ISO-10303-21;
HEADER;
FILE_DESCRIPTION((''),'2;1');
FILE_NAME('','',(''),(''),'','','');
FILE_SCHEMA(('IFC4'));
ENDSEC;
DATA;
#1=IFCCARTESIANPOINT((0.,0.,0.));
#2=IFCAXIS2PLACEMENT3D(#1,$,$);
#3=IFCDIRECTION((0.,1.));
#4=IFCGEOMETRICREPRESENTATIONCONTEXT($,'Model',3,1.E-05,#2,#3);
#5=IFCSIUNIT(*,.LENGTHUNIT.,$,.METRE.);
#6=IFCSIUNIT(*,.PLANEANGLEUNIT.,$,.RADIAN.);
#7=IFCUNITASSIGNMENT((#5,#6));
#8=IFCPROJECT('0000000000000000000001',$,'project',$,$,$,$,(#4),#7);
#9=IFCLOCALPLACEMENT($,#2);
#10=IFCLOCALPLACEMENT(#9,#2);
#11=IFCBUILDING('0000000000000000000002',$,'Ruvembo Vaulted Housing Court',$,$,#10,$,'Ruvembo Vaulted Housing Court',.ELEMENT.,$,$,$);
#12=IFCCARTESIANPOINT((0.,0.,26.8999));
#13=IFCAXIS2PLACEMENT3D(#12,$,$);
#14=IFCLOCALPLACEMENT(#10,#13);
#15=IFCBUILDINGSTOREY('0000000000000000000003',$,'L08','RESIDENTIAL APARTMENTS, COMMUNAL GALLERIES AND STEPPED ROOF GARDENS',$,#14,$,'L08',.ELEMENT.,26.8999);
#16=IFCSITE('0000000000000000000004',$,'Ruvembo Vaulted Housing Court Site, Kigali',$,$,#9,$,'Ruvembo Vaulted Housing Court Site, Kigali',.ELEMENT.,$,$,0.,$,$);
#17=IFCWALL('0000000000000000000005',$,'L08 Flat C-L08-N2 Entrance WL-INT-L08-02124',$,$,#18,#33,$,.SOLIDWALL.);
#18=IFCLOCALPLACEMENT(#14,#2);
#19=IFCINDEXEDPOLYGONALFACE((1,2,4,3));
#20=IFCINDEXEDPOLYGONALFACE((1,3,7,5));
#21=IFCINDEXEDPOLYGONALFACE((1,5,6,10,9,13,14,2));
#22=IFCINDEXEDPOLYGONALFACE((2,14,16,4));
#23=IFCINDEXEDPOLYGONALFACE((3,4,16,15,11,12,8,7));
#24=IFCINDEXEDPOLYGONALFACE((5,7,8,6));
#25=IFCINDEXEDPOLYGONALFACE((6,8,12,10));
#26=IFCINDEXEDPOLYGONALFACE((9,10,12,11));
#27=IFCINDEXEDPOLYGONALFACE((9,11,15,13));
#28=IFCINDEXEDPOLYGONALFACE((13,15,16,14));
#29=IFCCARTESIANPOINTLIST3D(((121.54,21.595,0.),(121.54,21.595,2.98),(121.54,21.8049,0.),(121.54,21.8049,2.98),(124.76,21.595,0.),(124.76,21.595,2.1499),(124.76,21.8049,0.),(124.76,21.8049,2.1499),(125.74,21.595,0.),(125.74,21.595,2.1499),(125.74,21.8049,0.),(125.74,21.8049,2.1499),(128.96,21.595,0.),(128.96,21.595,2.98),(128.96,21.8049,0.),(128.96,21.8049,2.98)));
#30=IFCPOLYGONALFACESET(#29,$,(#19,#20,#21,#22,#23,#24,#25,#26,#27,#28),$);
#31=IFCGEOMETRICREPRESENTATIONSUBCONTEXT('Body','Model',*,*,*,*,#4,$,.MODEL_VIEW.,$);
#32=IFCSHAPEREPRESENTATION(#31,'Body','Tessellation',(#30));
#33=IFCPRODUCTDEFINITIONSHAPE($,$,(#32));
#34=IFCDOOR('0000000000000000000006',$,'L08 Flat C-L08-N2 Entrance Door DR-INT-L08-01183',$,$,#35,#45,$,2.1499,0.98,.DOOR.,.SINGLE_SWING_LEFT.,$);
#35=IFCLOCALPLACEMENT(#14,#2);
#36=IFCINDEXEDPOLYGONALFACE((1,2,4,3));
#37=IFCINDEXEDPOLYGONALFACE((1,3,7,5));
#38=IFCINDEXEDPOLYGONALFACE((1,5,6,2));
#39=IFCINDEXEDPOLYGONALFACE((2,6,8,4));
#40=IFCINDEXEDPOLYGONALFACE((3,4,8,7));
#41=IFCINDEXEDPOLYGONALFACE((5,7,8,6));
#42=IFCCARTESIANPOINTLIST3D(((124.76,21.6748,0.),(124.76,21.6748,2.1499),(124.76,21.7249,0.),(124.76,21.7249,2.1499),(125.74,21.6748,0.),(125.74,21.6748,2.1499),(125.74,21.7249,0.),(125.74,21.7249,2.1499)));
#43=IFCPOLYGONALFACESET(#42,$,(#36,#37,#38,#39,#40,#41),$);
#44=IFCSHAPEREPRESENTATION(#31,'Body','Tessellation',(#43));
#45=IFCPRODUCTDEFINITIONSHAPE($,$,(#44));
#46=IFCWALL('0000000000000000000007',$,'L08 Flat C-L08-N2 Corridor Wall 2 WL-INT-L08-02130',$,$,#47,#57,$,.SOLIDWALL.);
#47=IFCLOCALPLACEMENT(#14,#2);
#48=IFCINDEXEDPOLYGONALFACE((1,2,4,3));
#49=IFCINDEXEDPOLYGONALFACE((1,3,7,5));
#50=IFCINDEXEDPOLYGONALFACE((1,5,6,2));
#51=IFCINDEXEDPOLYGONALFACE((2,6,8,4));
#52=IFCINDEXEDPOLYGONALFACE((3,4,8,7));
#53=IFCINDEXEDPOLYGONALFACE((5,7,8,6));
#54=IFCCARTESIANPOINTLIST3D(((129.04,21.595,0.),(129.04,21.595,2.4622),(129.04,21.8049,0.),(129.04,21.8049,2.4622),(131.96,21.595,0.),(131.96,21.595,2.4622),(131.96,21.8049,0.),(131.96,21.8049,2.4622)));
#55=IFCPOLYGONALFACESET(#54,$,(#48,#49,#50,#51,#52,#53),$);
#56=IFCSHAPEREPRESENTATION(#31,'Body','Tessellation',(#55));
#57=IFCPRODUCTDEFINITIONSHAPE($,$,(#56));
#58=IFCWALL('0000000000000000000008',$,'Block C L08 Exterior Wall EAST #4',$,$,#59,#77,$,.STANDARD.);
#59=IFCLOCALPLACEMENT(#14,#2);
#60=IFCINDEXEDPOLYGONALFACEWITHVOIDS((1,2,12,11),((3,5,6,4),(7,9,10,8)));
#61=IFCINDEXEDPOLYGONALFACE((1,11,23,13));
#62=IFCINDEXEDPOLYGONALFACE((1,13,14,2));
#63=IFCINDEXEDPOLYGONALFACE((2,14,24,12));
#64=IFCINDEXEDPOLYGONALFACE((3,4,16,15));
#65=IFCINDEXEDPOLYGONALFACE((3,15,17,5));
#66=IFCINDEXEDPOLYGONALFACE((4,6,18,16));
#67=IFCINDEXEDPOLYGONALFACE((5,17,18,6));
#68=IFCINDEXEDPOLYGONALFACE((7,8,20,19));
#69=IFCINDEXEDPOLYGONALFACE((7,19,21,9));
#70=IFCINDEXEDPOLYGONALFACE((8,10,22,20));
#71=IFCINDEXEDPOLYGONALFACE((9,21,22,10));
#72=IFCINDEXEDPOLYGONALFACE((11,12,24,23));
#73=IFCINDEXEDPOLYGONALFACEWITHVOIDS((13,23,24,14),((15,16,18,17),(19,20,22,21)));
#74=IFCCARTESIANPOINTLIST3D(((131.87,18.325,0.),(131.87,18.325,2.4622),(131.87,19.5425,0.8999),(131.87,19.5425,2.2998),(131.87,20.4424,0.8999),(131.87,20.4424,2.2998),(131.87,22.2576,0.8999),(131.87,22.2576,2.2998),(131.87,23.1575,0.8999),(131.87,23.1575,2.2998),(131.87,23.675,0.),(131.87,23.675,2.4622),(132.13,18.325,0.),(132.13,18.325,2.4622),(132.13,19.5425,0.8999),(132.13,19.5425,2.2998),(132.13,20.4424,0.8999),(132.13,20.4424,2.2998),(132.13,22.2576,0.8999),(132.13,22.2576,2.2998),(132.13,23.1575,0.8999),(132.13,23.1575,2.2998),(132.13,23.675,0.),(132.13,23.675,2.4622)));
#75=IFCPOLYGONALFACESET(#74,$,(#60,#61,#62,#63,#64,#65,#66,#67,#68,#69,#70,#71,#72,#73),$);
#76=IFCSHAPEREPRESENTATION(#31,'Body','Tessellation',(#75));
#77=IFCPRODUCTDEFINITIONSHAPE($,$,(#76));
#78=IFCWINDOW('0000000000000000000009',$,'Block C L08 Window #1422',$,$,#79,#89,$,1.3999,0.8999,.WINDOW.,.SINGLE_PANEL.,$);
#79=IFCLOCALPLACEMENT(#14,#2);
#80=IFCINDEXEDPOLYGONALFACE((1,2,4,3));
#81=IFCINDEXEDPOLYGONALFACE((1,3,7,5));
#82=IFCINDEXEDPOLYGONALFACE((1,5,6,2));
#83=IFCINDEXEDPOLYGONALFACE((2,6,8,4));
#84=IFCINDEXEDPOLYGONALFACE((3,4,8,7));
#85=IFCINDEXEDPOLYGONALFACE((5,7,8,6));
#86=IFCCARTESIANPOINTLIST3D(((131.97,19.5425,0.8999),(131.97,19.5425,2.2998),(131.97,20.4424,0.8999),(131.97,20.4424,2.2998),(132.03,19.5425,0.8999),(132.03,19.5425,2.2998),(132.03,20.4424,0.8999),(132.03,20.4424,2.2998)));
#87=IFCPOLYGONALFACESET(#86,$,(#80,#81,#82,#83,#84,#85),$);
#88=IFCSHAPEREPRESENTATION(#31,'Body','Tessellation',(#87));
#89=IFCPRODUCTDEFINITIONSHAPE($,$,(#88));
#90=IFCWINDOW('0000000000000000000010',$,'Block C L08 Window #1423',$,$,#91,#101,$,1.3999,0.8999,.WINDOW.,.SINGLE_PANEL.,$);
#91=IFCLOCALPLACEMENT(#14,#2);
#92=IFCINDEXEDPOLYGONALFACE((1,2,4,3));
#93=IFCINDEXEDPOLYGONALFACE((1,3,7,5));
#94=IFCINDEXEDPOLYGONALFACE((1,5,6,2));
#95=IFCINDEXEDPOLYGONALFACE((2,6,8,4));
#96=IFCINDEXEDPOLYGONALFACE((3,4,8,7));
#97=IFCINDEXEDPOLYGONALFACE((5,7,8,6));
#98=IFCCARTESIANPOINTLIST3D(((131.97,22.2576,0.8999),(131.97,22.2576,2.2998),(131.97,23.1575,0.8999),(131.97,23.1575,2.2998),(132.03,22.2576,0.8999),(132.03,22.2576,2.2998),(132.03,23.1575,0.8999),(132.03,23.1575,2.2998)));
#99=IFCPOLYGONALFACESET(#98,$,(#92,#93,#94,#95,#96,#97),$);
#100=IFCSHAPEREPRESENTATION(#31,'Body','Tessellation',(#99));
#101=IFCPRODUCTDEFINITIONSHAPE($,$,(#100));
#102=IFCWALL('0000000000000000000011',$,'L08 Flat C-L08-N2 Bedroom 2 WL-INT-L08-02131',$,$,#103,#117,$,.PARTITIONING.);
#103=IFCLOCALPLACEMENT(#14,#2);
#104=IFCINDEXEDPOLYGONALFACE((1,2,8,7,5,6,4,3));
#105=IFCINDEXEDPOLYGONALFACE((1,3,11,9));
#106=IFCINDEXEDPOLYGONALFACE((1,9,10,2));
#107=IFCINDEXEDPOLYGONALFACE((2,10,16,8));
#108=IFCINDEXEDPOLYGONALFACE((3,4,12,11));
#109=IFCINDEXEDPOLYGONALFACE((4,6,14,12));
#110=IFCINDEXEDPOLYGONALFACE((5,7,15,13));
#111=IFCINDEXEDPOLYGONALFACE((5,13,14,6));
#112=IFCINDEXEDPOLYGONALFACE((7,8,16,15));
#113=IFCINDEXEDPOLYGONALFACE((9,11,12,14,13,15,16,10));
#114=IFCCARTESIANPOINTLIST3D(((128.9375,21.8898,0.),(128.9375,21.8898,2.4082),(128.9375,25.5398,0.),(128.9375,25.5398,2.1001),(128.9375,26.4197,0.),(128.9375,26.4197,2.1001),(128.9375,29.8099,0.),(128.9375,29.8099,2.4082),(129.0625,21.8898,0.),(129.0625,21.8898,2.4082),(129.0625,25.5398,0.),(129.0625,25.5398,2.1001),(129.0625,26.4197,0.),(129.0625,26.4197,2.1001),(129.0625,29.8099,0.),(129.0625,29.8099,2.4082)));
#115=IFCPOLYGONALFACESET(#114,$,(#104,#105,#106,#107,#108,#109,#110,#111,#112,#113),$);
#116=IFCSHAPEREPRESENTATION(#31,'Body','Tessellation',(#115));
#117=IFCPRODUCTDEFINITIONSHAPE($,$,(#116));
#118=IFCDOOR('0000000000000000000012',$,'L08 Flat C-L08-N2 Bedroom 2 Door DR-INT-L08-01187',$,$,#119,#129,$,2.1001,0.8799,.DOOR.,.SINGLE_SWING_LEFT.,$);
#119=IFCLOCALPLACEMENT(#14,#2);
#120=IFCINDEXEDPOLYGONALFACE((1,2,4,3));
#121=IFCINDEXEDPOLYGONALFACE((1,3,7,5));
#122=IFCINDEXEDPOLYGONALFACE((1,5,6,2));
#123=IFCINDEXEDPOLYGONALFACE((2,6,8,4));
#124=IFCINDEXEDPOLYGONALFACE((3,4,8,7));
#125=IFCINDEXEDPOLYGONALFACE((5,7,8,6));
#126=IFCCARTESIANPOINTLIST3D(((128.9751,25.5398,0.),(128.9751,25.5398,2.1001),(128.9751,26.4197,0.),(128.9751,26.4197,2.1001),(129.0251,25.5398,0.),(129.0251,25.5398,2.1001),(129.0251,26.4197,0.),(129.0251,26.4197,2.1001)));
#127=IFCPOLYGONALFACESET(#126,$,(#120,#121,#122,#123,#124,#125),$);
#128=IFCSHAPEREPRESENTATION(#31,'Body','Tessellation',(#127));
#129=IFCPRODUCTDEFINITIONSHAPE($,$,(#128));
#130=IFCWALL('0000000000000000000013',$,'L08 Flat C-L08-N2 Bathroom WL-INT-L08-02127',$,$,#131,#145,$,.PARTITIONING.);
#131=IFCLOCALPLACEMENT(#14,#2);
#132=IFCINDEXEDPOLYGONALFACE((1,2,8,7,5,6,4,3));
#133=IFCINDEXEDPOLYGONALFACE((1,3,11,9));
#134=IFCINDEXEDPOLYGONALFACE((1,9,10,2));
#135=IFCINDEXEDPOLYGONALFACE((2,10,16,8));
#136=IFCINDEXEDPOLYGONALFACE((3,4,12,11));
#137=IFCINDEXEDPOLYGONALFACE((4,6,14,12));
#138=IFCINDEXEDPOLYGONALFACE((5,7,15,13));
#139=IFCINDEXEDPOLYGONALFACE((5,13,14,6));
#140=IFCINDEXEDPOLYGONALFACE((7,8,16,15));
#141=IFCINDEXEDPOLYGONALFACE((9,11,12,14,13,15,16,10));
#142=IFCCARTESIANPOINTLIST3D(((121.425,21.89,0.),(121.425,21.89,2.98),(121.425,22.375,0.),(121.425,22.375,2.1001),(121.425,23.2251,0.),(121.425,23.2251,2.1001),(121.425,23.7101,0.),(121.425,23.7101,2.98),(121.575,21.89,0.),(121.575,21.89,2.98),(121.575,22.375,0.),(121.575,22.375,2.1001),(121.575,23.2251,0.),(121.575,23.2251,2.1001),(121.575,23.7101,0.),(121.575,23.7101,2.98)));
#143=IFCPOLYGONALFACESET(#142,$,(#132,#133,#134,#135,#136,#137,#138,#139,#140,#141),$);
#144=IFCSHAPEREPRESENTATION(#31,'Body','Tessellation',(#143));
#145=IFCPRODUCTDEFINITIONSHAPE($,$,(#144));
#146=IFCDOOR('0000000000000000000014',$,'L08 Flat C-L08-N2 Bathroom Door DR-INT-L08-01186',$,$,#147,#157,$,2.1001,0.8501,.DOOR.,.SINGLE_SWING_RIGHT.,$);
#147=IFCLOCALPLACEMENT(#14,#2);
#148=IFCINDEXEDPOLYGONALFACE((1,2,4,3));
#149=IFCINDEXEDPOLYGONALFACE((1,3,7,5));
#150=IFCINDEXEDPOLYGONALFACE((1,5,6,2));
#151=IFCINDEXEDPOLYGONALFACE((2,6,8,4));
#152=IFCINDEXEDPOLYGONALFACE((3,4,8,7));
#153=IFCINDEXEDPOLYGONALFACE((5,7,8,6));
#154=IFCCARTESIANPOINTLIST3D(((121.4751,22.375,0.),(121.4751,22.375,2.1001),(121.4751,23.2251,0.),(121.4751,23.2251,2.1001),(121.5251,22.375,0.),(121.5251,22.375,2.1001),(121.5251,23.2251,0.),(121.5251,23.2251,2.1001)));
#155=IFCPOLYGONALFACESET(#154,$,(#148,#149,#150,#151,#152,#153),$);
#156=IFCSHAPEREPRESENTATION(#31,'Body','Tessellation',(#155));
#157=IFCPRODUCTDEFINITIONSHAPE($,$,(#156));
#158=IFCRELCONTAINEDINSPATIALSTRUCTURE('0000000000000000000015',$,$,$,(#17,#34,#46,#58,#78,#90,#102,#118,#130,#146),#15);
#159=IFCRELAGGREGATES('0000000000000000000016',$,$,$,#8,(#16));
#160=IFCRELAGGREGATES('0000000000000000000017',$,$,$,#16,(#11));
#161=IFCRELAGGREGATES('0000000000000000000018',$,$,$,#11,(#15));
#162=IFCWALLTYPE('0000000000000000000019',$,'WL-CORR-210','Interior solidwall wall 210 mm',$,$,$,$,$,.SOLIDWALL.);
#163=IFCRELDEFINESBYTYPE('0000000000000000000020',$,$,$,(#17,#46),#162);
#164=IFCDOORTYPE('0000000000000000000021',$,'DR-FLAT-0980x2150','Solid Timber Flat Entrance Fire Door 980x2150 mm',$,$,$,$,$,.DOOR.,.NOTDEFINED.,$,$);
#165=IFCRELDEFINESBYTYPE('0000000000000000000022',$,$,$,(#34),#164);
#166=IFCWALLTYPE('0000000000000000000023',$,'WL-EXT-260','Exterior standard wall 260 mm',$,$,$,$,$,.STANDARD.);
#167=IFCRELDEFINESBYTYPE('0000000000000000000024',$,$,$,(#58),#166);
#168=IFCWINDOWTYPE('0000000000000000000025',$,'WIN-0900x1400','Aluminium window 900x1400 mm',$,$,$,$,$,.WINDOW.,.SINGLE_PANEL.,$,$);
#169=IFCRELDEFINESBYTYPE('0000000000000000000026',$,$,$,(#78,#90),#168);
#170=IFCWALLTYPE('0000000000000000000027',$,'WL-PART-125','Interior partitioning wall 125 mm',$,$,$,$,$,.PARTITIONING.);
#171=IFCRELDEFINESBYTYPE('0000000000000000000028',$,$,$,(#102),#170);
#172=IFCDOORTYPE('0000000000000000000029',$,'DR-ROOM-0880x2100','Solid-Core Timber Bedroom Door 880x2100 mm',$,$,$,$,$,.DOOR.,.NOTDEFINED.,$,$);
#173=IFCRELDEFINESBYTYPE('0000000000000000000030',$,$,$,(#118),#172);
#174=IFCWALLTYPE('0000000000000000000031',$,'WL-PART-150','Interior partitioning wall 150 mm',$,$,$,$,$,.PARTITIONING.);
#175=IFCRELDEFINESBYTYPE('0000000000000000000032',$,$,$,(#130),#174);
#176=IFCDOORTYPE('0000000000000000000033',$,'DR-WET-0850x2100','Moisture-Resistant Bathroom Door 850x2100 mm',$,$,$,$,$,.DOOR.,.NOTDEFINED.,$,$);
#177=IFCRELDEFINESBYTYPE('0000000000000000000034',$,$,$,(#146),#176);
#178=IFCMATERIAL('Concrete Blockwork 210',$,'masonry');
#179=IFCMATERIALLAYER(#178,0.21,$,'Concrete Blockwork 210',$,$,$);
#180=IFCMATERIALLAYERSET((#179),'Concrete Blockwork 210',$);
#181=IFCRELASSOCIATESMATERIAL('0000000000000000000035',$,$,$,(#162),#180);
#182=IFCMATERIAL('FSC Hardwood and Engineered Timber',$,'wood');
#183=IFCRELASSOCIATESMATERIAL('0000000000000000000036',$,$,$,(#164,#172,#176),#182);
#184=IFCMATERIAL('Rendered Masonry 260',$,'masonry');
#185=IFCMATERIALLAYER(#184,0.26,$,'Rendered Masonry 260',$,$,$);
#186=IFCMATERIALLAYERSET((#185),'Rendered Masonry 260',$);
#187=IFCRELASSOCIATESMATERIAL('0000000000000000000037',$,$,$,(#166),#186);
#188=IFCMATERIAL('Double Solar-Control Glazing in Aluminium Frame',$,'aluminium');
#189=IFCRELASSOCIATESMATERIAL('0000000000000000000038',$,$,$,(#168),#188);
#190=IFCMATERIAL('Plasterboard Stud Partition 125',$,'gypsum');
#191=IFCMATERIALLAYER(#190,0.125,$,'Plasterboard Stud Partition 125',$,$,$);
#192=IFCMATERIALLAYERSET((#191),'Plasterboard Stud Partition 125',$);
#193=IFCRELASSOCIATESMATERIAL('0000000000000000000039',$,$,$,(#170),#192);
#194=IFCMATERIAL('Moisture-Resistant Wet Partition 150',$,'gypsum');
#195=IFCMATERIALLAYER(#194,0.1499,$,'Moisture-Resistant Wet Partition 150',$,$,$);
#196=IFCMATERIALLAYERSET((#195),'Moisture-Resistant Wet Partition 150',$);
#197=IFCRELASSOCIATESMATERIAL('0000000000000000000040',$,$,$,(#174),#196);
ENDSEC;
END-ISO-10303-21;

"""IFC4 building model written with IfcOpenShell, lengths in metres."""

from ifc_helpers import new_model, si_unit, direction, frame, frame_2d, origin, place, context, subcontext, project, spatial, rectangle, extrude, material, layer, layer_set, type_object, element, fill, save


model = new_model("IFC4")

# Units and contexts
model_context = context("Model", 3, precision=1e-05, world=origin(), true_north=direction((0.0, 1.0)))
body_context = subcontext(model_context, "Body", "Model", "MODEL_VIEW")
ifc_project = project(units=[si_unit("LENGTHUNIT", "METRE"), si_unit("PLANEANGLEUNIT", "RADIAN")], contexts=[model_context])

# Site, building, storey
site_placement = place(None, origin())
site = spatial("IfcSite", under=ifc_project, at=site_placement, Name="Ruvembo Vaulted Housing Court Site, Kigali", LongName="Ruvembo Vaulted Housing Court Site, Kigali", CompositionType="ELEMENT", RefElevation=0.0)
building_placement = place(site_placement, origin())
building = spatial("IfcBuilding", under=site, at=building_placement, Name="Ruvembo Vaulted Housing Court", LongName="Ruvembo Vaulted Housing Court", CompositionType="ELEMENT")
storey_placement = place(building_placement, frame((0.0, 0.0, 26.8999)))
storey = spatial("IfcBuildingStorey", under=building, at=storey_placement, Name="L08", Description="RESIDENTIAL APARTMENTS, COMMUNAL GALLERIES AND STEPPED ROOF GARDENS", LongName="L08", CompositionType="ELEMENT", Elevation=26.8999)

# Wall, opening, door
ifc_material_1 = material(Name="Concrete Blockwork 210", Category="masonry")
ifc_layer_1 = layer(ifc_material_1, 0.21, Name="Concrete Blockwork 210")
ifc_layer_set_1 = layer_set([ifc_layer_1], Name="Concrete Blockwork 210")
wall_type_1 = type_object("IfcWallType", Name="WL-CORR-210", Description="Interior solidwall wall 210 mm", PredefinedType="SOLIDWALL", material=ifc_layer_set_1)
wall_1_placement = place(storey_placement, frame((121.54, 21.7, 0.0), z_axis=(0.0, 0.0, 1.0), x_axis=(1.0, 0.0, 0.0)))
wall_1 = element("IfcWall", 1, at=wall_1_placement, inside=storey, type_object=wall_type_1, Name="L08 Flat C-L08-N2 Entrance WL-INT-L08-02124", PredefinedType="SOLIDWALL", context=body_context, shape_type="SweptSolid", body=[
    extrude(rectangle(XDim=7.4199, YDim=0.21, at=frame_2d((3.71, 0.0))), origin(), (0.0, 0.0, 1.0), 2.98),
])
opening_1_placement = place(wall_1_placement, frame((3.22, 0.0, 0.0)))
opening_1 = element("IfcOpeningElement", 2, at=opening_1_placement, cuts=wall_1, PredefinedType="OPENING", context=body_context, shape_type="SweptSolid", body=[
    extrude(rectangle(XDim=0.98, YDim=2.1499, at=frame_2d((0.49, 1.075))), frame((0.0, 0.115, 0.0), z_axis=(0.0, -1.0, 0.0), x_axis=(1.0, 0.0, 0.0)), (0.0, 0.0, 1.0), 0.23),
])
ifc_material_2 = material(Name="FSC Hardwood and Engineered Timber", Category="wood")
door_type_1 = type_object("IfcDoorType", Name="DR-FLAT-0980x2150", Description="Solid Timber Flat Entrance Fire Door 980x2150 mm", OperationType="NOTDEFINED", PredefinedType="DOOR", material=ifc_material_2)
door_1_placement = place(opening_1_placement, origin())
door_1 = element("IfcDoor", 3, at=door_1_placement, inside=storey, type_object=door_type_1, Name="L08 Flat C-L08-N2 Entrance Door DR-INT-L08-01183", OperationType="SINGLE_SWING_LEFT", OverallHeight=2.1499, OverallWidth=0.98, PredefinedType="DOOR", context=body_context, shape_type="SweptSolid", body=[
    extrude(rectangle(XDim=0.98, YDim=2.1499, at=frame_2d((0.49, 1.075))), frame((0.0, 0.0249, 0.0), z_axis=(0.0, -1.0, 0.0), x_axis=(1.0, 0.0, 0.0)), (0.0, 0.0, 1.0), 0.05),
])
fill(opening_1, door_1)

# Wall
wall_2_placement = place(storey_placement, frame((129.04, 21.7, 0.0), z_axis=(0.0, 0.0, 1.0), x_axis=(1.0, 0.0, 0.0)))
element("IfcWall", 4, at=wall_2_placement, inside=storey, type_object=wall_type_1, Name="L08 Flat C-L08-N2 Corridor Wall 2 WL-INT-L08-02130", PredefinedType="SOLIDWALL", context=body_context, shape_type="SweptSolid", body=[
    extrude(rectangle(XDim=2.9199, YDim=0.21, at=frame_2d((1.46, 0.0))), origin(), (0.0, 0.0, 1.0), 2.4622),
])

# Wall, openings, windows
ifc_material_3 = material(Name="Rendered Masonry 260", Category="masonry")
ifc_layer_2 = layer(ifc_material_3, 0.26, Name="Rendered Masonry 260")
ifc_layer_set_2 = layer_set([ifc_layer_2], Name="Rendered Masonry 260")
wall_type_2 = type_object("IfcWallType", Name="WL-EXT-260", Description="Exterior standard wall 260 mm", PredefinedType="STANDARD", material=ifc_layer_set_2)
wall_3_placement = place(storey_placement, frame((132.0, 18.325, 0.0), z_axis=(0.0, 0.0, 1.0), x_axis=(0.0, 1.0, 0.0)))
wall_3 = element("IfcWall", 5, at=wall_3_placement, inside=storey, type_object=wall_type_2, Name="Block C L08 Exterior Wall EAST #4", PredefinedType="STANDARD", context=body_context, shape_type="SweptSolid", body=[
    extrude(rectangle(XDim=5.3501, YDim=0.26, at=frame_2d((2.675, 0.0))), origin(), (0.0, 0.0, 1.0), 2.4622),
])
opening_2_placement = place(wall_3_placement, frame((1.2175, 0.0, 0.8999)))
opening_2 = element("IfcOpeningElement", 6, at=opening_2_placement, cuts=wall_3, PredefinedType="OPENING", context=body_context, shape_type="SweptSolid", body=[
    extrude(rectangle(XDim=0.8999, YDim=1.3999, at=frame_2d((0.45, 0.7))), frame((0.0, 0.1399, 0.0), z_axis=(0.0, -1.0, 0.0), x_axis=(1.0, 0.0, 0.0)), (0.0, 0.0, 1.0), 0.28),
])
opening_3_placement = place(wall_3_placement, frame((3.9326, 0.0, 0.8999)))
opening_3 = element("IfcOpeningElement", 7, at=opening_3_placement, cuts=wall_3, PredefinedType="OPENING", context=body_context, shape_type="SweptSolid", body=[
    extrude(rectangle(XDim=0.8999, YDim=1.3999, at=frame_2d((0.45, 0.7))), frame((0.0, 0.1399, 0.0), z_axis=(0.0, -1.0, 0.0), x_axis=(1.0, 0.0, 0.0)), (0.0, 0.0, 1.0), 0.28),
])
ifc_material_4 = material(Name="Double Solar-Control Glazing in Aluminium Frame", Category="aluminium")
window_type = type_object("IfcWindowType", Name="WIN-0900x1400", Description="Aluminium window 900x1400 mm", PartitioningType="SINGLE_PANEL", PredefinedType="WINDOW", material=ifc_material_4)
window_1_placement = place(opening_2_placement, origin())
window_1 = element("IfcWindow", 8, at=window_1_placement, inside=storey, type_object=window_type, Name="Block C L08 Window #1422", OverallHeight=1.3999, OverallWidth=0.8999, PartitioningType="SINGLE_PANEL", PredefinedType="WINDOW", context=body_context, shape_type="SweptSolid", body=[
    extrude(rectangle(XDim=0.8999, YDim=1.3999, at=frame_2d((0.45, 0.7))), frame((0.0, 0.03, 0.0), z_axis=(0.0, -1.0, 0.0), x_axis=(1.0, 0.0, 0.0)), (0.0, 0.0, 1.0), 0.0601),
])
fill(opening_2, window_1)
window_2_placement = place(opening_3_placement, origin())
window_2 = element("IfcWindow", 9, at=window_2_placement, inside=storey, type_object=window_type, Name="Block C L08 Window #1423", OverallHeight=1.3999, OverallWidth=0.8999, PartitioningType="SINGLE_PANEL", PredefinedType="WINDOW", context=body_context, shape_type="SweptSolid", body=[
    extrude(rectangle(XDim=0.8999, YDim=1.3999, at=frame_2d((0.45, 0.7))), frame((0.0, 0.03, 0.0), z_axis=(0.0, -1.0, 0.0), x_axis=(1.0, 0.0, 0.0)), (0.0, 0.0, 1.0), 0.0601),
])
fill(opening_3, window_2)

# Walls, openings, doors
ifc_material_5 = material(Name="Plasterboard Stud Partition 125", Category="gypsum")
ifc_layer_3 = layer(ifc_material_5, 0.125, Name="Plasterboard Stud Partition 125")
ifc_layer_set_3 = layer_set([ifc_layer_3], Name="Plasterboard Stud Partition 125")
wall_type_3 = type_object("IfcWallType", Name="WL-PART-125", Description="Interior partitioning wall 125 mm", PredefinedType="PARTITIONING", material=ifc_layer_set_3)
wall_4_placement = place(storey_placement, frame((129.0, 21.8899, 0.0), z_axis=(0.0, 0.0, 1.0), x_axis=(0.0, 1.0, 0.0)))
wall_4 = element("IfcWall", 10, at=wall_4_placement, inside=storey, type_object=wall_type_3, Name="L08 Flat C-L08-N2 Bedroom 2 WL-INT-L08-02131", PredefinedType="PARTITIONING", context=body_context, shape_type="SweptSolid", body=[
    extrude(rectangle(XDim=7.9202, YDim=0.125, at=frame_2d((3.96, 0.0))), origin(), (0.0, 0.0, 1.0), 2.4082),
])
opening_4_placement = place(wall_4_placement, frame((3.6499, 0.0, 0.0)))
opening_4 = element("IfcOpeningElement", 11, at=opening_4_placement, cuts=wall_4, PredefinedType="OPENING", context=body_context, shape_type="SweptSolid", body=[
    extrude(rectangle(XDim=0.8799, YDim=2.1001, at=frame_2d((0.4399, 1.05))), frame((0.0, 0.0725, 0.0), z_axis=(0.0, -1.0, 0.0), x_axis=(1.0, 0.0, 0.0)), (0.0, 0.0, 1.0), 0.145),
])
door_type_2 = type_object("IfcDoorType", Name="DR-ROOM-0880x2100", Description="Solid-Core Timber Bedroom Door 880x2100 mm", OperationType="NOTDEFINED", PredefinedType="DOOR", material=ifc_material_2)
door_2_placement = place(opening_4_placement, origin())
door_2 = element("IfcDoor", 12, at=door_2_placement, inside=storey, type_object=door_type_2, Name="L08 Flat C-L08-N2 Bedroom 2 Door DR-INT-L08-01187", OperationType="SINGLE_SWING_LEFT", OverallHeight=2.1001, OverallWidth=0.8799, PredefinedType="DOOR", context=body_context, shape_type="SweptSolid", body=[
    extrude(rectangle(XDim=0.8799, YDim=2.1001, at=frame_2d((0.4399, 1.05))), frame((0.0, 0.0249, 0.0), z_axis=(0.0, -1.0, 0.0), x_axis=(1.0, 0.0, 0.0)), (0.0, 0.0, 1.0), 0.05),
])
fill(opening_4, door_2)
ifc_material_6 = material(Name="Moisture-Resistant Wet Partition 150", Category="gypsum")
ifc_layer_4 = layer(ifc_material_6, 0.1499, Name="Moisture-Resistant Wet Partition 150")
ifc_layer_set_4 = layer_set([ifc_layer_4], Name="Moisture-Resistant Wet Partition 150")
wall_type_4 = type_object("IfcWallType", Name="WL-PART-150", Description="Interior partitioning wall 150 mm", PredefinedType="PARTITIONING", material=ifc_layer_set_4)
wall_5_placement = place(storey_placement, frame((121.5, 21.8899, 0.0), z_axis=(0.0, 0.0, 1.0), x_axis=(0.0, 1.0, 0.0)))
wall_5 = element("IfcWall", 13, at=wall_5_placement, inside=storey, type_object=wall_type_4, Name="L08 Flat C-L08-N2 Bathroom WL-INT-L08-02127", PredefinedType="PARTITIONING", context=body_context, shape_type="SweptSolid", body=[
    extrude(rectangle(XDim=1.8201, YDim=0.1499, at=frame_2d((0.9102, 0.0))), origin(), (0.0, 0.0, 1.0), 2.98),
])
opening_5_placement = place(wall_5_placement, frame((0.4851, 0.0, 0.0)))
opening_5 = element("IfcOpeningElement", 14, at=opening_5_placement, cuts=wall_5, PredefinedType="OPENING", context=body_context, shape_type="SweptSolid", body=[
    extrude(rectangle(XDim=0.8501, YDim=2.1001, at=frame_2d((0.425, 1.05))), frame((0.0, 0.085, 0.0), z_axis=(0.0, -1.0, 0.0), x_axis=(1.0, 0.0, 0.0)), (0.0, 0.0, 1.0), 0.1699),
])
door_type_3 = type_object("IfcDoorType", Name="DR-WET-0850x2100", Description="Moisture-Resistant Bathroom Door 850x2100 mm", OperationType="NOTDEFINED", PredefinedType="DOOR", material=ifc_material_2)
door_3_placement = place(opening_5_placement, origin())
door_3 = element("IfcDoor", 15, at=door_3_placement, inside=storey, type_object=door_type_3, Name="L08 Flat C-L08-N2 Bathroom Door DR-INT-L08-01186", OperationType="SINGLE_SWING_RIGHT", OverallHeight=2.1001, OverallWidth=0.8501, PredefinedType="DOOR", context=body_context, shape_type="SweptSolid", body=[
    extrude(rectangle(XDim=0.8501, YDim=2.1001, at=frame_2d((0.425, 1.05))), frame((0.0, 0.0249, 0.0), z_axis=(0.0, -1.0, 0.0), x_axis=(1.0, 0.0, 0.0)), (0.0, 0.0, 1.0), 0.05),
])
fill(opening_5, door_3)

save(model, "model.ifc")
